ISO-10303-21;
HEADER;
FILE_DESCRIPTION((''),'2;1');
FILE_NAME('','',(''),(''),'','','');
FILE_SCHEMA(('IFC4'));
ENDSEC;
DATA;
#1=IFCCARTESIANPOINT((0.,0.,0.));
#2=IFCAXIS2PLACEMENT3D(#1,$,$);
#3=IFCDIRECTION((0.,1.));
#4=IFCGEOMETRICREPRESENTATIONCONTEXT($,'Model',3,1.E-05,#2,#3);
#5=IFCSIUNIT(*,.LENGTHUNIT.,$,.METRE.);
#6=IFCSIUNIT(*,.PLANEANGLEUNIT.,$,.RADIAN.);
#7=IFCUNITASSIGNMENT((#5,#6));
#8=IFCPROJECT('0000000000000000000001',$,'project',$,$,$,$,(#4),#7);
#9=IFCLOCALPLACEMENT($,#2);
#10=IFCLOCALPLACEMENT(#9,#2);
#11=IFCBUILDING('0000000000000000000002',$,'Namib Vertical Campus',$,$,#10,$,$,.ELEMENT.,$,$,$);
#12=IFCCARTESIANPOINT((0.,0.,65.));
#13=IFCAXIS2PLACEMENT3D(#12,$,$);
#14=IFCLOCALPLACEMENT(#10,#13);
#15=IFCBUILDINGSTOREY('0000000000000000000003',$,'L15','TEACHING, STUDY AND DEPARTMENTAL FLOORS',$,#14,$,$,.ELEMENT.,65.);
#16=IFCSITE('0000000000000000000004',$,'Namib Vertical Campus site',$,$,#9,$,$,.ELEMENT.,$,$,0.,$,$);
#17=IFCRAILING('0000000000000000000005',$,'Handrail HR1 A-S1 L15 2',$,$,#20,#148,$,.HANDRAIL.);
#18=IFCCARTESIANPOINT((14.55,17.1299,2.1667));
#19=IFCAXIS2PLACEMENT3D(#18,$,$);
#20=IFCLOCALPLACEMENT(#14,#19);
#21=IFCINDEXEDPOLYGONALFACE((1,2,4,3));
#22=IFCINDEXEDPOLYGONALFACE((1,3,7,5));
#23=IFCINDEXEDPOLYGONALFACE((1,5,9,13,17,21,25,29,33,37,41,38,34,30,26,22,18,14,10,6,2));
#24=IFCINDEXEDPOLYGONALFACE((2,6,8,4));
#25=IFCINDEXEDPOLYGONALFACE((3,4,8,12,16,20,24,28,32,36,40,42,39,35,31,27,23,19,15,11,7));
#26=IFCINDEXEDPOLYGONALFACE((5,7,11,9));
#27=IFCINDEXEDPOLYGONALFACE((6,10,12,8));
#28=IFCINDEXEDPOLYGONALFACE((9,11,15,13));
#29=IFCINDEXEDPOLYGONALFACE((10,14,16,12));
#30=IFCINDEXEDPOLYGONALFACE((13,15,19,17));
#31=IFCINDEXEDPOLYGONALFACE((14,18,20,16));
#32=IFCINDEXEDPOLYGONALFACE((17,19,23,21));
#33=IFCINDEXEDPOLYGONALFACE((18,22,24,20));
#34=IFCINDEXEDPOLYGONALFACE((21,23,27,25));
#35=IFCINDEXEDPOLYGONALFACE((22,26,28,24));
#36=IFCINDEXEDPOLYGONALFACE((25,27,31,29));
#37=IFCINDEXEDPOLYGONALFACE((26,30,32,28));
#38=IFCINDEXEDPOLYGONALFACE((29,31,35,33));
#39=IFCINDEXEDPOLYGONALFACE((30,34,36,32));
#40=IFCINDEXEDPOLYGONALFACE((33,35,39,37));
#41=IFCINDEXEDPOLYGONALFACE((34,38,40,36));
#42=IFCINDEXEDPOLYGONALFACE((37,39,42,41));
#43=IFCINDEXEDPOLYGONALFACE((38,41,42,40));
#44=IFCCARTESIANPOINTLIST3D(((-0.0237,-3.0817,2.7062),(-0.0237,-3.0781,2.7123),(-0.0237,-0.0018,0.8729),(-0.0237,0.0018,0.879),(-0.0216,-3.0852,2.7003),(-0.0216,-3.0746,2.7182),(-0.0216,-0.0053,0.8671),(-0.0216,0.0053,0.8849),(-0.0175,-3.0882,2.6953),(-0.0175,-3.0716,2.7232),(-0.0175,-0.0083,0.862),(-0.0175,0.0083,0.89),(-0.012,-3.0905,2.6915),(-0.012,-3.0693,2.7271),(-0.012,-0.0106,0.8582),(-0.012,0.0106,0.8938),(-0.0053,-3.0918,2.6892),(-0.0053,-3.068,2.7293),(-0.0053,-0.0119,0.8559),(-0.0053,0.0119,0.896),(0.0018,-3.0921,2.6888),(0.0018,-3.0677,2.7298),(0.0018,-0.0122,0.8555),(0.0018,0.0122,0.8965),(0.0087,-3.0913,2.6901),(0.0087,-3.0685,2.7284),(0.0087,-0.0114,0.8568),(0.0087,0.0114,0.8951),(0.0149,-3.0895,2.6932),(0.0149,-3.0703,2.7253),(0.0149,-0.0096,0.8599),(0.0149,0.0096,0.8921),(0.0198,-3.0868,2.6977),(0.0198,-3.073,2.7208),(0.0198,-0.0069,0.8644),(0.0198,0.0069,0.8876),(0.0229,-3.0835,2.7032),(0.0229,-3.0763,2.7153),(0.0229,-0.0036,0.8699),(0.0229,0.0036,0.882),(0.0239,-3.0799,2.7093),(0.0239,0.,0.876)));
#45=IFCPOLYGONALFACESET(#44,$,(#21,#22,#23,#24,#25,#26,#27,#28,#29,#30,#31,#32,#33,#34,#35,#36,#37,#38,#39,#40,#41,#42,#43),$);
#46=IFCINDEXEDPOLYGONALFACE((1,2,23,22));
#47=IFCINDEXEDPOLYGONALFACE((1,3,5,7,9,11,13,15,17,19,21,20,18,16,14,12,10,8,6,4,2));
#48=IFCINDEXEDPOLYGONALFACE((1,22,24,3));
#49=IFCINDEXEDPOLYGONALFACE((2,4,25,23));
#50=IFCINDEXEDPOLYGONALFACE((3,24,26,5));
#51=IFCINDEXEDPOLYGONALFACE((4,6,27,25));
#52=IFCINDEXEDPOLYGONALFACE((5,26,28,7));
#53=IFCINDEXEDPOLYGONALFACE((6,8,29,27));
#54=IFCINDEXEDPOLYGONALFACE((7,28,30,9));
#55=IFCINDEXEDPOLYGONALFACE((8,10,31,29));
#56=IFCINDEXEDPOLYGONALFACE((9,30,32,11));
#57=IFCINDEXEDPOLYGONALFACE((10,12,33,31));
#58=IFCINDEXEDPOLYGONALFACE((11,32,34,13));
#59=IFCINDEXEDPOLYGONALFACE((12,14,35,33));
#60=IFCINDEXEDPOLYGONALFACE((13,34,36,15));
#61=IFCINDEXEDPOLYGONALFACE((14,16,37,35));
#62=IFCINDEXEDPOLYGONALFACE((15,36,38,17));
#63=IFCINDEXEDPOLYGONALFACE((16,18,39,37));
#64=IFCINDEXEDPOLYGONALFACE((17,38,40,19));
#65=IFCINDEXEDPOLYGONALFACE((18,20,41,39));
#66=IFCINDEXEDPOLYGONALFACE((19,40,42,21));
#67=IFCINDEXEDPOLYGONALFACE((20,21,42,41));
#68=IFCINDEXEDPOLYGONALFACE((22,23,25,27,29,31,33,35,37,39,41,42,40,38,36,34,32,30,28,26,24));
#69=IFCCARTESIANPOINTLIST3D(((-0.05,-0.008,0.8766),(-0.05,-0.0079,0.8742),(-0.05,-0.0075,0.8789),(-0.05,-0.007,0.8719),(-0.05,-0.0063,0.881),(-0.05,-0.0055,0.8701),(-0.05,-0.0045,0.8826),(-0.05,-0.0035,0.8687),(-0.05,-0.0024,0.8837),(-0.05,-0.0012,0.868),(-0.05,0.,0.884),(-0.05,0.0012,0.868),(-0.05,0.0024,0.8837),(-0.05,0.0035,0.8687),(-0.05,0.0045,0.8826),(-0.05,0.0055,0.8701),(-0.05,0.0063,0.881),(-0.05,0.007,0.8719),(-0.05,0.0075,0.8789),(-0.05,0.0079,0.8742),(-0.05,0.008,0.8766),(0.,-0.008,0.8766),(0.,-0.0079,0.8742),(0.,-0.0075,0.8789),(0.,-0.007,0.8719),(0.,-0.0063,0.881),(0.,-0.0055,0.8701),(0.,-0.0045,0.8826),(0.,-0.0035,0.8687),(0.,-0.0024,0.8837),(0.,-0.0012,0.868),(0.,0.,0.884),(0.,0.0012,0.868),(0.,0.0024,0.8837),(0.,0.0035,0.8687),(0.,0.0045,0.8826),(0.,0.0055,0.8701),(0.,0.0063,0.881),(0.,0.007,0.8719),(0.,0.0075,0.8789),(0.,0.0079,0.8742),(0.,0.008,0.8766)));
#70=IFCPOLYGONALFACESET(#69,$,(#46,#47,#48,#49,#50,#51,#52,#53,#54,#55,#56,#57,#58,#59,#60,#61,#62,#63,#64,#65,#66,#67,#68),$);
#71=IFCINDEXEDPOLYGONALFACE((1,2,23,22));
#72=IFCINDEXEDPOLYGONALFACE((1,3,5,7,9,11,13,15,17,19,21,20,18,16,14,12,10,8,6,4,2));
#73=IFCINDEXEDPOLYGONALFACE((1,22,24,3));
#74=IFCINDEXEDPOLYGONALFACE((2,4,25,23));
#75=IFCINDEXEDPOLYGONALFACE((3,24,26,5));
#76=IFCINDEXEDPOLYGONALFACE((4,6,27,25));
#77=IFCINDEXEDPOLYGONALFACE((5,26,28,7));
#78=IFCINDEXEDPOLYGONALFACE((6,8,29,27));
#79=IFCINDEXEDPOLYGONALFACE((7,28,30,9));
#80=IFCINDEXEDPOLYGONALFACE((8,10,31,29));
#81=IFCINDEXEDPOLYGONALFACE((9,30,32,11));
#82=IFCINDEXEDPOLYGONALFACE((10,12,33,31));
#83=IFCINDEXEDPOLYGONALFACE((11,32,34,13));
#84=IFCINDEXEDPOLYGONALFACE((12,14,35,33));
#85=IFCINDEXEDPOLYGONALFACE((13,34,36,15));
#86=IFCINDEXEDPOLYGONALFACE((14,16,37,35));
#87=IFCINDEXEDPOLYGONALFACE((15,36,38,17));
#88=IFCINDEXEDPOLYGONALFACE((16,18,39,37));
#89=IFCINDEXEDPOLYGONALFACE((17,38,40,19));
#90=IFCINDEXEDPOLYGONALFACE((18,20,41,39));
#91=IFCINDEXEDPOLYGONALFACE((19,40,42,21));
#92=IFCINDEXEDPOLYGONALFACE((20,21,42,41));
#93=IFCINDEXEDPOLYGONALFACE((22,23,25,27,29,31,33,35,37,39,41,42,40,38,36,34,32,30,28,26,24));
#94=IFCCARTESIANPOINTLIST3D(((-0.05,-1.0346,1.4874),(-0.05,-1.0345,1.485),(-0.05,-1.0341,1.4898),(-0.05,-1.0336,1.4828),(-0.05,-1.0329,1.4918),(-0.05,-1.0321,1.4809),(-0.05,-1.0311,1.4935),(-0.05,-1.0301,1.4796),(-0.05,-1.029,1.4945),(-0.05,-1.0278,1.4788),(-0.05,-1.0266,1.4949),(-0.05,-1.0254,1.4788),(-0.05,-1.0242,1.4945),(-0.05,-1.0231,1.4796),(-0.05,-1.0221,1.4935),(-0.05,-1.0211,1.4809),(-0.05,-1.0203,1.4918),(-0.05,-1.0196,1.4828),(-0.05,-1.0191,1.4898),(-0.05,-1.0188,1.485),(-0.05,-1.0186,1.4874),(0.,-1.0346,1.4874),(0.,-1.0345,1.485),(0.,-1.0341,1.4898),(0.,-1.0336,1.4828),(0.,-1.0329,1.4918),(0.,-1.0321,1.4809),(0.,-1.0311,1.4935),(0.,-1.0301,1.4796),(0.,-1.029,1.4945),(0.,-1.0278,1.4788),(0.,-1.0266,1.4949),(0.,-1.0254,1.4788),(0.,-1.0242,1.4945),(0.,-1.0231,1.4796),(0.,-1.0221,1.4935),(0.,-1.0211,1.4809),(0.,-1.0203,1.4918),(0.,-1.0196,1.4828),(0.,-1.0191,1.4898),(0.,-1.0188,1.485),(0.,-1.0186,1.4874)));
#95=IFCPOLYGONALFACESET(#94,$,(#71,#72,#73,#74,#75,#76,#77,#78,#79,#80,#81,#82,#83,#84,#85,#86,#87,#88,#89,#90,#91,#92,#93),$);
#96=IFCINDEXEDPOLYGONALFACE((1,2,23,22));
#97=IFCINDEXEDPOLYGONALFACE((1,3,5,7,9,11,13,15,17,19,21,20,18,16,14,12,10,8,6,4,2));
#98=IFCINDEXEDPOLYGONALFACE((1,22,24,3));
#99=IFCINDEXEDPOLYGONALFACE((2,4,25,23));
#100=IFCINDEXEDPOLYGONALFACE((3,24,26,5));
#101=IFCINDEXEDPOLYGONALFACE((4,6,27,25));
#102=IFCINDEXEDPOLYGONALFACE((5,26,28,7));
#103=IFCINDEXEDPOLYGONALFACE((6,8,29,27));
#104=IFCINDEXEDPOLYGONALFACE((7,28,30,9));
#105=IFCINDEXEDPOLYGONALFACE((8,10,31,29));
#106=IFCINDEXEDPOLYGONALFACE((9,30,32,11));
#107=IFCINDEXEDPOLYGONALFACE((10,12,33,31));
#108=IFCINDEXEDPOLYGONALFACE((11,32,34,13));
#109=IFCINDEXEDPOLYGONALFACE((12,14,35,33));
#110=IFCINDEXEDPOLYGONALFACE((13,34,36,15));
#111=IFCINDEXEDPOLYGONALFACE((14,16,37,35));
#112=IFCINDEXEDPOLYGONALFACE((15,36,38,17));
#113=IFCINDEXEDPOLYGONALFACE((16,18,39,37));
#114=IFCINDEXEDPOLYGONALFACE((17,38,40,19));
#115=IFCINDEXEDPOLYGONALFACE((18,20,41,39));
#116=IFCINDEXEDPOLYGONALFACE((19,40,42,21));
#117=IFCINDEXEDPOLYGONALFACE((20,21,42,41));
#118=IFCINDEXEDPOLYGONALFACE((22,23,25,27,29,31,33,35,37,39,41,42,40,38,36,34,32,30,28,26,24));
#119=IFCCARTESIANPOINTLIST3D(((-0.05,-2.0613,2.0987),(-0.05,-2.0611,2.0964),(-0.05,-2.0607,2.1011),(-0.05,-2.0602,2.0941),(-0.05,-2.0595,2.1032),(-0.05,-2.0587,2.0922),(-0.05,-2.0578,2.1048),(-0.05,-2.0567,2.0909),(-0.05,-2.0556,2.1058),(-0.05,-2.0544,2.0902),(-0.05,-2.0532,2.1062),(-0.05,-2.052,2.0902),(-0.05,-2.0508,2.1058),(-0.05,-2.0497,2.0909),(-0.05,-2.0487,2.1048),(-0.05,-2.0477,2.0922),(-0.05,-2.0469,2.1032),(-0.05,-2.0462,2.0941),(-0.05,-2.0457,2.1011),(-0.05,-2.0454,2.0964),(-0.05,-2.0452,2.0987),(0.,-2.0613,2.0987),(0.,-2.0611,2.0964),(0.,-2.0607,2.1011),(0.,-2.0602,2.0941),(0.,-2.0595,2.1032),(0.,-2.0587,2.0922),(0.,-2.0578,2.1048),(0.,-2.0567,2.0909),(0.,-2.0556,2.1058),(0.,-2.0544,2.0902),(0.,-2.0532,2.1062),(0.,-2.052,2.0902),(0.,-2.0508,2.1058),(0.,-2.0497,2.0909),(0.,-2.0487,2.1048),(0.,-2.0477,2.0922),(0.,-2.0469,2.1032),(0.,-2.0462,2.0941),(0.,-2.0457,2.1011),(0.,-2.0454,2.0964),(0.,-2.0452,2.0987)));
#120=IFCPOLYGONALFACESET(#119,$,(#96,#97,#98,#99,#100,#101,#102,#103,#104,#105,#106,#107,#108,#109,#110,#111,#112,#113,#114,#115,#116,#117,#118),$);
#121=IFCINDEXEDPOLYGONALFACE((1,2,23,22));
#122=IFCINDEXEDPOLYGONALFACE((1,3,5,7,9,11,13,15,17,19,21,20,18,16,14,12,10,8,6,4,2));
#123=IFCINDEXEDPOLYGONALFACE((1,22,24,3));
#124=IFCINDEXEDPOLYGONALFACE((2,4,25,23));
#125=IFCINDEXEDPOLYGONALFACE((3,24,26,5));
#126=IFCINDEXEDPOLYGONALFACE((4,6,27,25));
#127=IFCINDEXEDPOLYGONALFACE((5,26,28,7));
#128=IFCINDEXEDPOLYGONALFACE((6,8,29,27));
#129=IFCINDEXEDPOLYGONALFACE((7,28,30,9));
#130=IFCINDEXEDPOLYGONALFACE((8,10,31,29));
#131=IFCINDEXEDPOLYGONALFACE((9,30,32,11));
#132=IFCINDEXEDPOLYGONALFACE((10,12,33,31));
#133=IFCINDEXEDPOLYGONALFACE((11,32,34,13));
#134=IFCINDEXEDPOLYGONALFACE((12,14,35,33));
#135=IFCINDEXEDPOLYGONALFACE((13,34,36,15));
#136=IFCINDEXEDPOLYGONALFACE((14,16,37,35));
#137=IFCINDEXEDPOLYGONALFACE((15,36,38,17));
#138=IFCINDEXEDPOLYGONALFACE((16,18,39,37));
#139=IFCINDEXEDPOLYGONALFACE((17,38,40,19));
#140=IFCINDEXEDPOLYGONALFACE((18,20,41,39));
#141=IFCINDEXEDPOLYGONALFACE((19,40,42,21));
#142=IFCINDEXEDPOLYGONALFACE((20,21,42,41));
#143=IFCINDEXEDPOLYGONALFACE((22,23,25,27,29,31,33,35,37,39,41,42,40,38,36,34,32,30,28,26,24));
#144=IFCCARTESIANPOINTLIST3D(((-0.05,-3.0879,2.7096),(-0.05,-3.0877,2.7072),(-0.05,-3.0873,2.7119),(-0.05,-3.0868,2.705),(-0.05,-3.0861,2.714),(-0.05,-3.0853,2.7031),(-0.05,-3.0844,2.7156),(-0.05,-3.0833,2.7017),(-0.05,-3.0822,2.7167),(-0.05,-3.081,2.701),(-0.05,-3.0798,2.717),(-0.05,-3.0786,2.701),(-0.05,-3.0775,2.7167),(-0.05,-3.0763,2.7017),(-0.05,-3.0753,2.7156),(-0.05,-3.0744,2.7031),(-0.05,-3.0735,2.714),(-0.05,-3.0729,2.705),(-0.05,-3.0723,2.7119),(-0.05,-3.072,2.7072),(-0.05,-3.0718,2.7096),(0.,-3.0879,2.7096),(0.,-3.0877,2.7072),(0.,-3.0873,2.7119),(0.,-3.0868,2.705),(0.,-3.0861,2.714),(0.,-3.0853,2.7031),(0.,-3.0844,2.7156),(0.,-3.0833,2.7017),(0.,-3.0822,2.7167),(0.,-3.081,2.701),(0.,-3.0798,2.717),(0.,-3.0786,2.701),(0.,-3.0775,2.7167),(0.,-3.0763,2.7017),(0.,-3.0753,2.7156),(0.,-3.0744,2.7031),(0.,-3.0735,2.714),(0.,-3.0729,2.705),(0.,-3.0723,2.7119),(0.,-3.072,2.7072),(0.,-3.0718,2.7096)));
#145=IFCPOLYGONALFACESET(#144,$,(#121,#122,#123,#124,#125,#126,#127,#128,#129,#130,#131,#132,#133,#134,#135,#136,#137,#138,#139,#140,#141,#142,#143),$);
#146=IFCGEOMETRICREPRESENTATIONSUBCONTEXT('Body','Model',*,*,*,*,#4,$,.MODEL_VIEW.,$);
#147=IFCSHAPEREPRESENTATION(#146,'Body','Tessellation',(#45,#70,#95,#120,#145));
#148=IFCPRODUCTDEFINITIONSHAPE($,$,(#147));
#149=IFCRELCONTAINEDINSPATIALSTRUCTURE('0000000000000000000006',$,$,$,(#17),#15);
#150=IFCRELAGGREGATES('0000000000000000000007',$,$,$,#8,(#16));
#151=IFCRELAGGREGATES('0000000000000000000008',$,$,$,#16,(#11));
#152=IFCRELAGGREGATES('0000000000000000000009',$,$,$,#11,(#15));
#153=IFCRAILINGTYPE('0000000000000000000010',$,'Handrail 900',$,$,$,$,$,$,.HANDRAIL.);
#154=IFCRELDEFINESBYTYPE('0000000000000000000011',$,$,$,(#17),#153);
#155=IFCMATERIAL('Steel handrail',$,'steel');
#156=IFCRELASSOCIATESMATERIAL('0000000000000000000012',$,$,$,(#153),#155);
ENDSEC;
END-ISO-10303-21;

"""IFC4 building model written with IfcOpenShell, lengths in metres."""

from ifc_helpers import new_model, si_unit, direction, frame, origin, origin_2d, place, context, subcontext, project, spatial, circle, extrude, material, type_object, element, save


model = new_model("IFC4")

# Units and contexts
model_context = context("Model", 3, precision=1e-05, world=origin(), true_north=direction((0.0, 1.0)))
body_context = subcontext(model_context, "Body", "Model", "MODEL_VIEW")
ifc_project = project(units=[si_unit("LENGTHUNIT", "METRE"), si_unit("PLANEANGLEUNIT", "RADIAN")], contexts=[model_context])

# Site, building, storey
site_placement = place(None, origin())
site = spatial("IfcSite", under=ifc_project, at=site_placement, Name="Namib Vertical Campus site", CompositionType="ELEMENT", RefElevation=0.0)
building_placement = place(site_placement, origin())
building = spatial("IfcBuilding", under=site, at=building_placement, Name="Namib Vertical Campus", CompositionType="ELEMENT")
storey_placement = place(building_placement, frame((0.0, 0.0, 65.0)))
storey = spatial("IfcBuildingStorey", under=building, at=storey_placement, Name="L15", Description="TEACHING, STUDY AND DEPARTMENTAL FLOORS", CompositionType="ELEMENT", Elevation=65.0)

# Railing
ifc_material_1 = material(Name="Steel handrail", Category="steel")
railing_type_1 = type_object("IfcRailingType", Name="Handrail 900", PredefinedType="HANDRAIL", material=ifc_material_1)
railing_1_placement = place(storey_placement, frame((14.55, 17.1299, 2.1667)))
element("IfcRailing", 1, at=railing_1_placement, inside=storey, type_object=railing_type_1, Name="Handrail HR1 A-S1 L15 2", PredefinedType="HANDRAIL", context=body_context, shape_type="SweptSolid", body=[
    extrude(circle(Radius=0.0239, at=origin_2d()), frame((0.0, 0.0, 0.876), z_axis=(0.0, -0.859291, 0.511487), x_axis=(1.0, 0.0, 0.0)), (0.0, 0.0, 1.0), 3.5842),
    extrude(circle(Radius=0.0081, at=origin_2d()), frame((0.0, 0.0, 0.876), z_axis=(-1.0, 0.0, 0.0), x_axis=(0.0, 0.0, 1.0)), (0.0, 0.0, 1.0), 0.05),
    extrude(circle(Radius=0.0081, at=origin_2d()), frame((0.0, -1.0266, 1.4868), z_axis=(-1.0, 0.0, 0.0), x_axis=(0.0, 0.0, 1.0)), (0.0, 0.0, 1.0), 0.05),
    extrude(circle(Radius=0.0081, at=origin_2d()), frame((0.0, -2.0532, 2.0981), z_axis=(-1.0, 0.0, 0.0), x_axis=(0.0, 0.0, 1.0)), (0.0, 0.0, 1.0), 0.05),
    extrude(circle(Radius=0.0081, at=origin_2d()), frame((0.0, -3.0798, 2.709), z_axis=(-1.0, 0.0, 0.0), x_axis=(0.0, 0.0, 1.0)), (0.0, 0.0, 1.0), 0.05),
])

save(model, "model.ifc")
